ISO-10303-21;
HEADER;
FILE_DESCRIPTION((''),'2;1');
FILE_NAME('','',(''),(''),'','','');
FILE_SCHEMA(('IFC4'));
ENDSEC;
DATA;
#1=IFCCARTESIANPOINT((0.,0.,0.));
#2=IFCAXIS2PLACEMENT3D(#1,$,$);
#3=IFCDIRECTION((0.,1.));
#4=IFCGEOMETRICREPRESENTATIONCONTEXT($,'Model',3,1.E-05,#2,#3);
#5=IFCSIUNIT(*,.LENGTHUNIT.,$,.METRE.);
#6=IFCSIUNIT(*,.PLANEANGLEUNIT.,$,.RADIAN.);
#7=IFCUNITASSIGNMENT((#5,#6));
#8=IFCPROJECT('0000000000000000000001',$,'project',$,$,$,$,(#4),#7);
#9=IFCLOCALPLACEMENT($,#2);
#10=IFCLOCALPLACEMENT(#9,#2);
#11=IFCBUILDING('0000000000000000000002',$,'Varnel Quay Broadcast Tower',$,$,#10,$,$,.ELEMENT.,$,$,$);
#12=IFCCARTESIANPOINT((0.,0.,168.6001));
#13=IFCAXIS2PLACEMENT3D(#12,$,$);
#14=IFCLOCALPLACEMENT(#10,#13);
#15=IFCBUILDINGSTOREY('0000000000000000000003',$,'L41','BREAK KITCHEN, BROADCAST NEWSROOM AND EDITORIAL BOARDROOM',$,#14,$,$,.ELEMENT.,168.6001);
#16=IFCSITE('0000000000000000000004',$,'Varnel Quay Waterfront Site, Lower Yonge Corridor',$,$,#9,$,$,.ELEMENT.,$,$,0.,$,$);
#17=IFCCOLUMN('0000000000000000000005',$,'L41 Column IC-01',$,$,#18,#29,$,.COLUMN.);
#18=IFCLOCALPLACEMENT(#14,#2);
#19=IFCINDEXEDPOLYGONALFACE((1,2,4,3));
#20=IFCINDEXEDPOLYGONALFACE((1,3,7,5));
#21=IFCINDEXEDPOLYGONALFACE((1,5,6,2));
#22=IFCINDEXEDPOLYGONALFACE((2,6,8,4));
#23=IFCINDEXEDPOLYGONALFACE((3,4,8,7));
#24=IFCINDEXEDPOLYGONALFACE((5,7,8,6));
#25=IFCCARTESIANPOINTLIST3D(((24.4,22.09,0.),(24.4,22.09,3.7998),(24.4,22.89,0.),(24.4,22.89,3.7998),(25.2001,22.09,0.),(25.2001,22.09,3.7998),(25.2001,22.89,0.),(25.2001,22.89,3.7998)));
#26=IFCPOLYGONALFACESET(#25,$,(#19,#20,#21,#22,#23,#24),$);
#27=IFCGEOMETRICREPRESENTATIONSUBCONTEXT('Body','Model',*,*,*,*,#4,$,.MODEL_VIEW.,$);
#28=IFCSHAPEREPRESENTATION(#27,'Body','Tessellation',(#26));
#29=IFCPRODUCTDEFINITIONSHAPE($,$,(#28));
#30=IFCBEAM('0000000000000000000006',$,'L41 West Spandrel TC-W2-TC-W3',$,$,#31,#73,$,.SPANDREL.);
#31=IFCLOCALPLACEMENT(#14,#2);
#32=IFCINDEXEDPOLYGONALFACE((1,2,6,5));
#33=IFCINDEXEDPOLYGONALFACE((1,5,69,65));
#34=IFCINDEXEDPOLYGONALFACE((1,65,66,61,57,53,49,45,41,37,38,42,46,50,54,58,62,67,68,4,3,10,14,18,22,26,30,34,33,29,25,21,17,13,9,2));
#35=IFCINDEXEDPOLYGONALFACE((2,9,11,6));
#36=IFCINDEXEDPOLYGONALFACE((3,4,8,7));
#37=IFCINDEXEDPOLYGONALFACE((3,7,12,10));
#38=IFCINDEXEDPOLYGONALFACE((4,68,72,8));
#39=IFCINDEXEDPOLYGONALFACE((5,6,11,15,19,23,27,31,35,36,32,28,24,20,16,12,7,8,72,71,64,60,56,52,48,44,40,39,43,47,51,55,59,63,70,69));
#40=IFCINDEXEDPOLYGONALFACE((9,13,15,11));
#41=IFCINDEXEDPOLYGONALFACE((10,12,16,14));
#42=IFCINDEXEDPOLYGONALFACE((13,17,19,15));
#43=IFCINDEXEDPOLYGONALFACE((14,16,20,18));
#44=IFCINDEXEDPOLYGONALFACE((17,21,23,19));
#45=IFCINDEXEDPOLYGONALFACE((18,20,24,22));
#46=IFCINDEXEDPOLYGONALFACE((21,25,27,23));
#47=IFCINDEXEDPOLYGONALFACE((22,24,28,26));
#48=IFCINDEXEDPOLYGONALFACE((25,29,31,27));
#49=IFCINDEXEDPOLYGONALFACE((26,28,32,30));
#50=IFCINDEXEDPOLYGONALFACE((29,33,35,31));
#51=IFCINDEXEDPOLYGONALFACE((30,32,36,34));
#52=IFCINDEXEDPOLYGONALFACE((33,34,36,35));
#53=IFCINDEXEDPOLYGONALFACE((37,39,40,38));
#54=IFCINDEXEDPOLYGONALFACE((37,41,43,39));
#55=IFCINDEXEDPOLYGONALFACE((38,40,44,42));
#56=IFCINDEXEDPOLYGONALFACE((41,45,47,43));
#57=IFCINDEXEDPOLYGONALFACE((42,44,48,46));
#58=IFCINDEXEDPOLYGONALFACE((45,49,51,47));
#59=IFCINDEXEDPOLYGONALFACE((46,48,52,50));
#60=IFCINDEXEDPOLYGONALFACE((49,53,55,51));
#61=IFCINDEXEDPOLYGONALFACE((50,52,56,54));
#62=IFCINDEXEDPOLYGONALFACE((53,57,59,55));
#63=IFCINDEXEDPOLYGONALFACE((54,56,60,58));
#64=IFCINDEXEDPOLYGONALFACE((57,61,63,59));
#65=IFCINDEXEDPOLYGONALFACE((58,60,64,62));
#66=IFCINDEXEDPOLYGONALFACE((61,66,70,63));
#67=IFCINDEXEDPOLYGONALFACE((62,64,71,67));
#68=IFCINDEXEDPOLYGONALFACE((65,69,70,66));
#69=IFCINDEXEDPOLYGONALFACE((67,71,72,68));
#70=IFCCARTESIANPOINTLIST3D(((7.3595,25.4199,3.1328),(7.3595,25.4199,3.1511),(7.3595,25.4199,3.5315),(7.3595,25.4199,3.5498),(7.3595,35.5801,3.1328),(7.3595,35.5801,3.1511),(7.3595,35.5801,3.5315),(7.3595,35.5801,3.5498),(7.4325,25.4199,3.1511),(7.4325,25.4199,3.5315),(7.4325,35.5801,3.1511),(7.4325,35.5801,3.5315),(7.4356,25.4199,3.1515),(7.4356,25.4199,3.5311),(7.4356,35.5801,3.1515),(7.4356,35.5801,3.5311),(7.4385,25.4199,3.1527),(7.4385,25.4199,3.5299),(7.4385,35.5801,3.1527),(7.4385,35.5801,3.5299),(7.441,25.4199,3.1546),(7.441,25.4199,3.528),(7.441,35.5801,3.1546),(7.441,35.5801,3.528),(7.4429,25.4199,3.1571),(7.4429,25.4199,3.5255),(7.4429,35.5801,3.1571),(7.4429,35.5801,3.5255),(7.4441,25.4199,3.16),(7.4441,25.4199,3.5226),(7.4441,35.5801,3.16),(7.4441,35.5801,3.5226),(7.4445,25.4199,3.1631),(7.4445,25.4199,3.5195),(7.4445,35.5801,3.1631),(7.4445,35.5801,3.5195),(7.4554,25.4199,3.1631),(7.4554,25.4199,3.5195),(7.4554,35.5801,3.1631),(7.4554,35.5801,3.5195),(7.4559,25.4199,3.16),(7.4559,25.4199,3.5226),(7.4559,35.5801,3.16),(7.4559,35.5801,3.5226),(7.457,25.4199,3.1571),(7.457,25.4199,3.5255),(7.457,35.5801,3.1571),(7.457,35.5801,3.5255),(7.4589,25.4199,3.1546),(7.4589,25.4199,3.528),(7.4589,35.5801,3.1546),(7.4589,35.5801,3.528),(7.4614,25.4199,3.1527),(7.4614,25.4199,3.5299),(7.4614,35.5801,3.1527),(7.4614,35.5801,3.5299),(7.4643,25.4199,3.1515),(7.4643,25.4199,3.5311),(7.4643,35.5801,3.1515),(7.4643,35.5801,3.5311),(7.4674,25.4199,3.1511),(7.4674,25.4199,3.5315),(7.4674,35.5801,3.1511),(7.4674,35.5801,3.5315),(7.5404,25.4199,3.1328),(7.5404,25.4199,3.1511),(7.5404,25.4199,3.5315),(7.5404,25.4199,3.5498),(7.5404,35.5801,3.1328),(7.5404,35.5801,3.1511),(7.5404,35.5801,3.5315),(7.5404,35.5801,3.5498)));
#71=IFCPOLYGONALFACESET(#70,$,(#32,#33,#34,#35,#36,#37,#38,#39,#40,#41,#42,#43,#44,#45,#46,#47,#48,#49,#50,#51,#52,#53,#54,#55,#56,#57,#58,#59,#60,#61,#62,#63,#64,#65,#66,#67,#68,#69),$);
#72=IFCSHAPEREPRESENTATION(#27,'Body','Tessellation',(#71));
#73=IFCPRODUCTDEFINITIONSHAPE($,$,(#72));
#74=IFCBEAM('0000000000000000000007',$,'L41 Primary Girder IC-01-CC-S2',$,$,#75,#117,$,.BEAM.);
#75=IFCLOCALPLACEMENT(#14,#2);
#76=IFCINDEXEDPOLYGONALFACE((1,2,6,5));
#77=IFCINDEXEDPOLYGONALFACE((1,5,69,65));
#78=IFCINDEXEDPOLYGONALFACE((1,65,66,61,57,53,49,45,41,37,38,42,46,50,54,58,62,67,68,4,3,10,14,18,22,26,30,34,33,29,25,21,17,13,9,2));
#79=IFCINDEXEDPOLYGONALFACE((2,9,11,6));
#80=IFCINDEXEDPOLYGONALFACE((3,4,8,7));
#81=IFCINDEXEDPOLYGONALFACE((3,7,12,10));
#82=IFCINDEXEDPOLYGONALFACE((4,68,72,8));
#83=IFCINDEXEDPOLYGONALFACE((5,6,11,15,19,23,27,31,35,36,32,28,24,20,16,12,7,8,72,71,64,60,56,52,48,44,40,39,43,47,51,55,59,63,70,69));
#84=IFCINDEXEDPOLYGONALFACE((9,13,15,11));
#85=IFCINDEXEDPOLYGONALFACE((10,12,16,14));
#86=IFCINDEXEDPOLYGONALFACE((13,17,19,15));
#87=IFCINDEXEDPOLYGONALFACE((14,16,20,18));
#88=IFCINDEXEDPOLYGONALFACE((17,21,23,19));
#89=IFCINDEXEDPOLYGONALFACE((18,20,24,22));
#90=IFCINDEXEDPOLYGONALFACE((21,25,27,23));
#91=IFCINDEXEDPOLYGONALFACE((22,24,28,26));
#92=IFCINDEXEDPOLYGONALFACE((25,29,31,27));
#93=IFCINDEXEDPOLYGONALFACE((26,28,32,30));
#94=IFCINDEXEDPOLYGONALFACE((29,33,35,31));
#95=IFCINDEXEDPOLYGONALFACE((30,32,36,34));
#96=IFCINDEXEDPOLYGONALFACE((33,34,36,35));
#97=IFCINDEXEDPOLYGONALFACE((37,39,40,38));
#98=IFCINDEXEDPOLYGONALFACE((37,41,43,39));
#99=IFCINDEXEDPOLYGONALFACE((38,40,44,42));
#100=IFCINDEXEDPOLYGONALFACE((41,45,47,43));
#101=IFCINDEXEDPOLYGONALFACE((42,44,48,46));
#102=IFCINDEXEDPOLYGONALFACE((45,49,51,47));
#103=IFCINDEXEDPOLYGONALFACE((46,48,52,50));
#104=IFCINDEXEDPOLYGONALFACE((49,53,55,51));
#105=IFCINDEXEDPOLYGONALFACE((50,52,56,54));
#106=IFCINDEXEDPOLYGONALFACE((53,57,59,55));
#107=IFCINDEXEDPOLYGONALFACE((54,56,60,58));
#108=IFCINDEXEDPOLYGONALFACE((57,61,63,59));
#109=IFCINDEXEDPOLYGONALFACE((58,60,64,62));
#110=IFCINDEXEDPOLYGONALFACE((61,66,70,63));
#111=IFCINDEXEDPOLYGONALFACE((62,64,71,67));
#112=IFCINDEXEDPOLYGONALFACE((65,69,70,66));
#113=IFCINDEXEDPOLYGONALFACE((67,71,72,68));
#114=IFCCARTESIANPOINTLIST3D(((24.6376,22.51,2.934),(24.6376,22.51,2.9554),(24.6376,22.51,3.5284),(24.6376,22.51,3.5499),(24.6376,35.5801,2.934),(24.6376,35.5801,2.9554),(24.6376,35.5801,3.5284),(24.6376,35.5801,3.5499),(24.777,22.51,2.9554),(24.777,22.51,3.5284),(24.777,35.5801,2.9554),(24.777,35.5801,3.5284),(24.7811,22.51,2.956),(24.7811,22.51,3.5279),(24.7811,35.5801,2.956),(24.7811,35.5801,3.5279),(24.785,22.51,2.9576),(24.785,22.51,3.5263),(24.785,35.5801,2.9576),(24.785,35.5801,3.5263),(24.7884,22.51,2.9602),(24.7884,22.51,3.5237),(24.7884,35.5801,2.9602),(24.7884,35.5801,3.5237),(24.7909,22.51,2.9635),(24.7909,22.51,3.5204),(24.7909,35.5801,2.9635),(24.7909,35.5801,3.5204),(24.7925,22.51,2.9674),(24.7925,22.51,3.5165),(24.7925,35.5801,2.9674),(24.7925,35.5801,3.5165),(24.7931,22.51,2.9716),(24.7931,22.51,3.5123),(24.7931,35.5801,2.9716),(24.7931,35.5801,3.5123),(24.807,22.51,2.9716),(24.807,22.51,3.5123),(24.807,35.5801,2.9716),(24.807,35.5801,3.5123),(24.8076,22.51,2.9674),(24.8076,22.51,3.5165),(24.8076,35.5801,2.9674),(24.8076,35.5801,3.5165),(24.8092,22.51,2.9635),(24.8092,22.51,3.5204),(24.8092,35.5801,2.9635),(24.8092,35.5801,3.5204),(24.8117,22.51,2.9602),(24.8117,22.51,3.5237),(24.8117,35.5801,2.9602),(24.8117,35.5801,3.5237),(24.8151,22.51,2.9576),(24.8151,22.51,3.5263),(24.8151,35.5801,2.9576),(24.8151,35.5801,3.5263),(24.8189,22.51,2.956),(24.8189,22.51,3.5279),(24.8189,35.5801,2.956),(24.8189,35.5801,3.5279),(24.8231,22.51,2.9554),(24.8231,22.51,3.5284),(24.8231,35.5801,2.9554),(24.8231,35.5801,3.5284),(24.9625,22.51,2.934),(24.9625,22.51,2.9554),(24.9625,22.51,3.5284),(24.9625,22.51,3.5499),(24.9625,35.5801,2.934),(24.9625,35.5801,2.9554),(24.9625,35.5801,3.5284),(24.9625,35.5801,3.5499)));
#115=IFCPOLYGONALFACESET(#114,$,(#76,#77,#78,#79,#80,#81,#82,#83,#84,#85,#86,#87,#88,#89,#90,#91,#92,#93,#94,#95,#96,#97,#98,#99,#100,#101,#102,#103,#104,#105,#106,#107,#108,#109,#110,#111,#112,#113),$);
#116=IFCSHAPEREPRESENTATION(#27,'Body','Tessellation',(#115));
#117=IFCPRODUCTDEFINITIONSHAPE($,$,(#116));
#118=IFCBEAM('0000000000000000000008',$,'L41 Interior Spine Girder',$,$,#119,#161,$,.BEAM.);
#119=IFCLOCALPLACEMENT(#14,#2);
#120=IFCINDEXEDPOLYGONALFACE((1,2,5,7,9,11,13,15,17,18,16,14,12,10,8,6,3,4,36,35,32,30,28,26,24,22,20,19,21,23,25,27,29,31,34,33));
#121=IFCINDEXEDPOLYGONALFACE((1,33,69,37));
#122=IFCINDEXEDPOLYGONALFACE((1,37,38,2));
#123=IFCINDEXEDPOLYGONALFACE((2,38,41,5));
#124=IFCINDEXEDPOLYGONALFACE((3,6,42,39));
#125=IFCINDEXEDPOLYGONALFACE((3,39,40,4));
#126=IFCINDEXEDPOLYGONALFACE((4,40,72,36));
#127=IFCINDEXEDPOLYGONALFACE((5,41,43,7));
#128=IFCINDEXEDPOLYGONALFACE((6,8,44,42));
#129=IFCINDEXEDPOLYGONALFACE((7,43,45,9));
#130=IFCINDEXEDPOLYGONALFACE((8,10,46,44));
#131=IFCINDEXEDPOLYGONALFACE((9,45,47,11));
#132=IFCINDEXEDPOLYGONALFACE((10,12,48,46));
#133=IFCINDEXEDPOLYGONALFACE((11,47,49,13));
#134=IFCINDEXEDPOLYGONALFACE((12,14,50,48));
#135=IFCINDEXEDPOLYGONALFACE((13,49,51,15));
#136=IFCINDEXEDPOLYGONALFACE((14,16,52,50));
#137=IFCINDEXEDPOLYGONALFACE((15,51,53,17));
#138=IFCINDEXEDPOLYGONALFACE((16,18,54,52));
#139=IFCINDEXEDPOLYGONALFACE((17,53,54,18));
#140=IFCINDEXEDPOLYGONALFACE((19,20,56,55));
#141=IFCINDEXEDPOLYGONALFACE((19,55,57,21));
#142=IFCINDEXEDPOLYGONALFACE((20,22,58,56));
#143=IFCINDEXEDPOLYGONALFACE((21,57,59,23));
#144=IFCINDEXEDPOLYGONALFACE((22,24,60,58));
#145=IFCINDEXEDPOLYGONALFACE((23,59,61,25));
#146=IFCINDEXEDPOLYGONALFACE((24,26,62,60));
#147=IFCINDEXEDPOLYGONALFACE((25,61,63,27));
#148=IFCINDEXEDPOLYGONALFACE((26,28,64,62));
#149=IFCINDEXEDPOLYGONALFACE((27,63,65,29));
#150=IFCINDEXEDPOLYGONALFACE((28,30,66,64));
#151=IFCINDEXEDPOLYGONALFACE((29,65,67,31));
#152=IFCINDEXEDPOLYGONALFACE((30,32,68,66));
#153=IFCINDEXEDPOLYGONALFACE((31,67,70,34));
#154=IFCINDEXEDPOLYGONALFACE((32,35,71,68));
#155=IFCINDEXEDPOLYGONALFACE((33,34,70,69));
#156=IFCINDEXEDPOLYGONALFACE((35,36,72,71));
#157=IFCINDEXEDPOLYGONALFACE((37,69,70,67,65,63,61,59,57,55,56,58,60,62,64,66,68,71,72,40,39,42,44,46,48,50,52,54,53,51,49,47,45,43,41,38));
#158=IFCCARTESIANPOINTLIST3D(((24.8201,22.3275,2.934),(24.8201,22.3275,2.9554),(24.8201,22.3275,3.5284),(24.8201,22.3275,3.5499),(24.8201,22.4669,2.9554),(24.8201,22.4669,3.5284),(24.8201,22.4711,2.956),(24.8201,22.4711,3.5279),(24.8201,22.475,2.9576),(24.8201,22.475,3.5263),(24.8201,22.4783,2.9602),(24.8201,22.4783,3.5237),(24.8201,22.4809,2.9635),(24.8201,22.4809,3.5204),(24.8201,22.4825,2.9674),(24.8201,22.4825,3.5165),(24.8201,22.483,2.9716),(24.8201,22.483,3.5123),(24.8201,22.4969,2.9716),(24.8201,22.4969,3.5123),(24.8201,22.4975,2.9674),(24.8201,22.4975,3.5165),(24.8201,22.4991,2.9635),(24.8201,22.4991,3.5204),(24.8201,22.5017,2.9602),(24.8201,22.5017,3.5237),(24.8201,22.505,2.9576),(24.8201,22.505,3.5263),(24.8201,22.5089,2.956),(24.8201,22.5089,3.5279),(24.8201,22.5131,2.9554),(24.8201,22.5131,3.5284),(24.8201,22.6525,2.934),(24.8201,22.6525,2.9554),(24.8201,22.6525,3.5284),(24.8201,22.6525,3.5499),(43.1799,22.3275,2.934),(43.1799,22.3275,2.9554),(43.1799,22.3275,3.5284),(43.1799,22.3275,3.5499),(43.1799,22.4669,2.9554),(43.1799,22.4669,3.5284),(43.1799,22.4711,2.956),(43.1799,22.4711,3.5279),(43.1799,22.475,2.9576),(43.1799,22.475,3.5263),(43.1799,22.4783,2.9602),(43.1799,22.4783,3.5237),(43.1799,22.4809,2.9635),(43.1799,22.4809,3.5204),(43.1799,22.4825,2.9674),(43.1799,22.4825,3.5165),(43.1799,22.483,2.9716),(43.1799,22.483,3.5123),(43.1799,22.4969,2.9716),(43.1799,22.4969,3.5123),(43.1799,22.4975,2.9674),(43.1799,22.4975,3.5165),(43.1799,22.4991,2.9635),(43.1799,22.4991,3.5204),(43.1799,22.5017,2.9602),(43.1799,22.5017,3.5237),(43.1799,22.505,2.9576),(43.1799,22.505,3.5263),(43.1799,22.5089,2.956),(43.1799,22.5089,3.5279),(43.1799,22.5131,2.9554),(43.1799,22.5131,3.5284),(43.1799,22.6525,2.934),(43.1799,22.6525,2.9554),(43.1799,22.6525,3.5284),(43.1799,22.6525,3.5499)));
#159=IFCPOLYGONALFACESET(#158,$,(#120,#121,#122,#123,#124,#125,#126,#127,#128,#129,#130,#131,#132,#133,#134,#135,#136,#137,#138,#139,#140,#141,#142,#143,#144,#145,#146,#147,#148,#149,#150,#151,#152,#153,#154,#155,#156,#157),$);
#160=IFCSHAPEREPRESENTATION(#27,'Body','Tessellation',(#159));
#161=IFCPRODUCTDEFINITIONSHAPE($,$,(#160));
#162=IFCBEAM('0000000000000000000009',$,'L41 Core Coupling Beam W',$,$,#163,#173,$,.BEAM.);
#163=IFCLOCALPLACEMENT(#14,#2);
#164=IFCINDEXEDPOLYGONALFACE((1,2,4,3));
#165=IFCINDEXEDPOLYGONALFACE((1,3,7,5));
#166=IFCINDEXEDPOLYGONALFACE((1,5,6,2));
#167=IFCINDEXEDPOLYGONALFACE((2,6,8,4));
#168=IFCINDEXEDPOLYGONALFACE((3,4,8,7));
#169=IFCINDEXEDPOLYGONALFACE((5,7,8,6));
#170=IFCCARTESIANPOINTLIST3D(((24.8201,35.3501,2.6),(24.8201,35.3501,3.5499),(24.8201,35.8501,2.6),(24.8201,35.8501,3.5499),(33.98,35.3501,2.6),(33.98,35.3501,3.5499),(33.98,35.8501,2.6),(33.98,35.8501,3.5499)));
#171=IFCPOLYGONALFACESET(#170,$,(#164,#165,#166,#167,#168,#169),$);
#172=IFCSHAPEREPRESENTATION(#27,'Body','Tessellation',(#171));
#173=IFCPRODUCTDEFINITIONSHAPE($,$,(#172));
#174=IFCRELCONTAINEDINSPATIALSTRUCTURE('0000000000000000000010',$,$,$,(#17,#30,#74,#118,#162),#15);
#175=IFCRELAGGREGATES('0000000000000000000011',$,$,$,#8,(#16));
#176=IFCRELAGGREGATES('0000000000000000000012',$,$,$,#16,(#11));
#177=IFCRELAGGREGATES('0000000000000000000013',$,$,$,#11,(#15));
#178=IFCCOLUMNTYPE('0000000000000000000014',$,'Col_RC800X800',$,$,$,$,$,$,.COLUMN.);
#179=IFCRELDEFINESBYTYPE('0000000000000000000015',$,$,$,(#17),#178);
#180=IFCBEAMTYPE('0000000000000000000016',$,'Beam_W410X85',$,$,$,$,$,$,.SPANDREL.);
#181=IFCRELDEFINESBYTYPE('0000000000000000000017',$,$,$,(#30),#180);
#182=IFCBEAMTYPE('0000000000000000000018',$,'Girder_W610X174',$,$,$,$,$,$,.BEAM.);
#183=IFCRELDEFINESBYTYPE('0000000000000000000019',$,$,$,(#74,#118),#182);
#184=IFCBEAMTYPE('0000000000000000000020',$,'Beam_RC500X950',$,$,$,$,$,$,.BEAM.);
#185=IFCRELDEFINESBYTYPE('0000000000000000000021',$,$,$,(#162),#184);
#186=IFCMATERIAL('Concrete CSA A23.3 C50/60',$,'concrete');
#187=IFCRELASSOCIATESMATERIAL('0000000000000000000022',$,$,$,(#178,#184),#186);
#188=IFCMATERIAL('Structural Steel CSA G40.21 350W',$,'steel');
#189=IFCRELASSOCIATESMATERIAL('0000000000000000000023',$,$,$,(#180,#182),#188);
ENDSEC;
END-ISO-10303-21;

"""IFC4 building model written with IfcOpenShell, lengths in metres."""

from ifc_helpers import new_model, si_unit, direction, frame, origin, origin_2d, place, context, subcontext, project, spatial, rectangle, i_section, extrude, source, transform, mapped, material, material_profile, profile_set, type_object, type_shapes, element, save


model = new_model("IFC4")

# Units and contexts
model_context = context("Model", 3, precision=1e-05, world=origin(), true_north=direction((0.0, 1.0)))
body_context = subcontext(model_context, "Body", "Model", "MODEL_VIEW")
ifc_project = project(units=[si_unit("LENGTHUNIT", "METRE"), si_unit("PLANEANGLEUNIT", "RADIAN")], contexts=[model_context])

# Site, building, storey
site_placement = place(None, origin())
site = spatial("IfcSite", under=ifc_project, at=site_placement, Name="Varnel Quay Waterfront Site, Lower Yonge Corridor", CompositionType="ELEMENT", RefElevation=0.0)
building_placement = place(site_placement, origin())
building = spatial("IfcBuilding", under=site, at=building_placement, Name="Varnel Quay Broadcast Tower", CompositionType="ELEMENT")
storey_placement = place(building_placement, frame((0.0, 0.0, 168.6001)))
storey = spatial("IfcBuildingStorey", under=building, at=storey_placement, Name="L41", Description="BREAK KITCHEN, BROADCAST NEWSROOM AND EDITORIAL BOARDROOM", CompositionType="ELEMENT", Elevation=168.6001)

# Column
ifc_material_1 = material(Name="Structural Steel CSA G40.21 350W", Category="steel")
ifc_material_2 = material(Name="Concrete CSA A23.3 C50/60", Category="concrete")
ifc_material_profile_1 = material_profile(ifc_material_2, rectangle(XDim=0.8, YDim=0.8, at=origin_2d()), Name="RC800X800")
ifc_profile_set_1 = profile_set([ifc_material_profile_1], Name="Concrete CSA A23.3 C50/60")
column_type_1 = type_object("IfcColumnType", Name="Col_RC800X800", PredefinedType="COLUMN", material=ifc_profile_set_1)
shared_shape_1 = source(origin(), body_context, "Body", "SweptSolid", [
    extrude(rectangle(XDim=0.8, YDim=0.8, at=origin_2d()), origin(), (0.0, 0.0, 1.0), 3.7998),
])
type_shapes(column_type_1, [shared_shape_1])
column_placement = place(storey_placement, frame((24.8, 22.49, 0.0), z_axis=(0.0, 0.0, 1.0), x_axis=(1.0, 0.0, 0.0)))
element("IfcColumn", 1, at=column_placement, inside=storey, type_object=column_type_1, Name="L41 Column IC-01", PredefinedType="COLUMN", context=body_context, shape_type="MappedRepresentation", body=[
    mapped(shared_shape_1, transform((0.0, 0.0, 0.0), x_axis=(1.0, 0.0, 0.0), y_axis=(0.0, 1.0, 0.0), z_axis=(0.0, 0.0, 1.0), scale=1.0)),
])

# Beams
ifc_material_profile_2 = material_profile(ifc_material_1, i_section(OverallWidth=0.1809, OverallDepth=0.417, WebThickness=0.011, FlangeThickness=0.0183, FilletRadius=0.012, at=origin_2d()), Name="W410X85")
ifc_profile_set_2 = profile_set([ifc_material_profile_2], Name="Structural Steel CSA G40.21 350W")
beam_type_1 = type_object("IfcBeamType", Name="Beam_W410X85", PredefinedType="SPANDREL", material=ifc_profile_set_2)
shared_shape_2 = source(origin(), body_context, "Body", "SweptSolid", [
    extrude(i_section(OverallWidth=0.1809, OverallDepth=0.417, WebThickness=0.011, FlangeThickness=0.0183, FilletRadius=0.012, at=origin_2d()), origin(), (0.0, 0.0, 1.0), 10.1602),
])
type_shapes(beam_type_1, [shared_shape_2])
beam_1_placement = place(storey_placement, frame((7.45, 25.4199, 3.3413), z_axis=(0.0, 1.0, 0.0), x_axis=(-1.0, 0.0, 0.0)))
element("IfcBeam", 2, at=beam_1_placement, inside=storey, type_object=beam_type_1, Name="L41 West Spandrel TC-W2-TC-W3", PredefinedType="SPANDREL", context=body_context, shape_type="MappedRepresentation", body=[
    mapped(shared_shape_2, transform((0.0, 0.0, 0.0), x_axis=(1.0, 0.0, 0.0), y_axis=(0.0, 1.0, 0.0), z_axis=(0.0, 0.0, 1.0), scale=1.0)),
])
ifc_material_profile_3 = material_profile(ifc_material_1, i_section(OverallWidth=0.325, OverallDepth=0.616, WebThickness=0.0139, FlangeThickness=0.0215, FilletRadius=0.0161, at=origin_2d()), Name="W610X174")
ifc_profile_set_3 = profile_set([ifc_material_profile_3], Name="Structural Steel CSA G40.21 350W")
beam_type_2 = type_object("IfcBeamType", Name="Girder_W610X174", PredefinedType="BEAM", material=ifc_profile_set_3)
shared_shape_3 = source(origin(), body_context, "Body", "SweptSolid", [
    extrude(i_section(OverallWidth=0.325, OverallDepth=0.616, WebThickness=0.0139, FlangeThickness=0.0215, FilletRadius=0.0161, at=origin_2d()), origin(), (0.0, 0.0, 1.0), 13.0701),
])
beam_2_placement = place(storey_placement, frame((24.8, 22.51, 3.2419), z_axis=(0.0, 1.0, 0.0), x_axis=(-1.0, 0.0, 0.0)))
element("IfcBeam", 3, at=beam_2_placement, inside=storey, type_object=beam_type_2, Name="L41 Primary Girder IC-01-CC-S2", PredefinedType="BEAM", context=body_context, shape_type="MappedRepresentation", body=[
    mapped(shared_shape_3, transform((0.0, 0.0, 0.0), x_axis=(1.0, 0.0, 0.0), y_axis=(0.0, 1.0, 0.0), z_axis=(0.0, 0.0, 1.0), scale=1.0)),
])
shared_shape_4 = source(origin(), body_context, "Body", "SweptSolid", [
    extrude(i_section(OverallWidth=0.325, OverallDepth=0.616, WebThickness=0.0139, FlangeThickness=0.0215, FilletRadius=0.0161, at=origin_2d()), origin(), (0.0, 0.0, 1.0), 18.3599),
])
type_shapes(beam_type_2, [shared_shape_3, shared_shape_4])
beam_3_placement = place(storey_placement, frame((24.8201, 22.49, 3.2419), z_axis=(1.0, 0.0, 0.0), x_axis=(0.0, 1.0, 0.0)))
element("IfcBeam", 4, at=beam_3_placement, inside=storey, type_object=beam_type_2, Name="L41 Interior Spine Girder", PredefinedType="BEAM", context=body_context, shape_type="MappedRepresentation", body=[
    mapped(shared_shape_4, transform((0.0, 0.0, 0.0), x_axis=(1.0, 0.0, 0.0), y_axis=(0.0, 1.0, 0.0), z_axis=(0.0, 0.0, 1.0), scale=1.0)),
])
ifc_material_profile_4 = material_profile(ifc_material_2, rectangle(XDim=0.5, YDim=0.95, at=origin_2d()), Name="RC500X950")
ifc_profile_set_4 = profile_set([ifc_material_profile_4], Name="Concrete CSA A23.3 C50/60")
beam_type_3 = type_object("IfcBeamType", Name="Beam_RC500X950", PredefinedType="BEAM", material=ifc_profile_set_4)
shared_shape_5 = source(origin(), body_context, "Body", "SweptSolid", [
    extrude(rectangle(XDim=0.5, YDim=0.95, at=origin_2d()), origin(), (0.0, 0.0, 1.0), 9.1599),
])
type_shapes(beam_type_3, [shared_shape_5])
beam_4_placement = place(storey_placement, frame((24.8201, 35.6001, 3.075), z_axis=(1.0, 0.0, 0.0), x_axis=(0.0, 1.0, 0.0)))
element("IfcBeam", 5, at=beam_4_placement, inside=storey, type_object=beam_type_3, Name="L41 Core Coupling Beam W", PredefinedType="BEAM", context=body_context, shape_type="MappedRepresentation", body=[
    mapped(shared_shape_5, transform((0.0, 0.0, 0.0), x_axis=(1.0, 0.0, 0.0), y_axis=(0.0, 1.0, 0.0), z_axis=(0.0, 0.0, 1.0), scale=1.0)),
])

save(model, "model.ifc")
